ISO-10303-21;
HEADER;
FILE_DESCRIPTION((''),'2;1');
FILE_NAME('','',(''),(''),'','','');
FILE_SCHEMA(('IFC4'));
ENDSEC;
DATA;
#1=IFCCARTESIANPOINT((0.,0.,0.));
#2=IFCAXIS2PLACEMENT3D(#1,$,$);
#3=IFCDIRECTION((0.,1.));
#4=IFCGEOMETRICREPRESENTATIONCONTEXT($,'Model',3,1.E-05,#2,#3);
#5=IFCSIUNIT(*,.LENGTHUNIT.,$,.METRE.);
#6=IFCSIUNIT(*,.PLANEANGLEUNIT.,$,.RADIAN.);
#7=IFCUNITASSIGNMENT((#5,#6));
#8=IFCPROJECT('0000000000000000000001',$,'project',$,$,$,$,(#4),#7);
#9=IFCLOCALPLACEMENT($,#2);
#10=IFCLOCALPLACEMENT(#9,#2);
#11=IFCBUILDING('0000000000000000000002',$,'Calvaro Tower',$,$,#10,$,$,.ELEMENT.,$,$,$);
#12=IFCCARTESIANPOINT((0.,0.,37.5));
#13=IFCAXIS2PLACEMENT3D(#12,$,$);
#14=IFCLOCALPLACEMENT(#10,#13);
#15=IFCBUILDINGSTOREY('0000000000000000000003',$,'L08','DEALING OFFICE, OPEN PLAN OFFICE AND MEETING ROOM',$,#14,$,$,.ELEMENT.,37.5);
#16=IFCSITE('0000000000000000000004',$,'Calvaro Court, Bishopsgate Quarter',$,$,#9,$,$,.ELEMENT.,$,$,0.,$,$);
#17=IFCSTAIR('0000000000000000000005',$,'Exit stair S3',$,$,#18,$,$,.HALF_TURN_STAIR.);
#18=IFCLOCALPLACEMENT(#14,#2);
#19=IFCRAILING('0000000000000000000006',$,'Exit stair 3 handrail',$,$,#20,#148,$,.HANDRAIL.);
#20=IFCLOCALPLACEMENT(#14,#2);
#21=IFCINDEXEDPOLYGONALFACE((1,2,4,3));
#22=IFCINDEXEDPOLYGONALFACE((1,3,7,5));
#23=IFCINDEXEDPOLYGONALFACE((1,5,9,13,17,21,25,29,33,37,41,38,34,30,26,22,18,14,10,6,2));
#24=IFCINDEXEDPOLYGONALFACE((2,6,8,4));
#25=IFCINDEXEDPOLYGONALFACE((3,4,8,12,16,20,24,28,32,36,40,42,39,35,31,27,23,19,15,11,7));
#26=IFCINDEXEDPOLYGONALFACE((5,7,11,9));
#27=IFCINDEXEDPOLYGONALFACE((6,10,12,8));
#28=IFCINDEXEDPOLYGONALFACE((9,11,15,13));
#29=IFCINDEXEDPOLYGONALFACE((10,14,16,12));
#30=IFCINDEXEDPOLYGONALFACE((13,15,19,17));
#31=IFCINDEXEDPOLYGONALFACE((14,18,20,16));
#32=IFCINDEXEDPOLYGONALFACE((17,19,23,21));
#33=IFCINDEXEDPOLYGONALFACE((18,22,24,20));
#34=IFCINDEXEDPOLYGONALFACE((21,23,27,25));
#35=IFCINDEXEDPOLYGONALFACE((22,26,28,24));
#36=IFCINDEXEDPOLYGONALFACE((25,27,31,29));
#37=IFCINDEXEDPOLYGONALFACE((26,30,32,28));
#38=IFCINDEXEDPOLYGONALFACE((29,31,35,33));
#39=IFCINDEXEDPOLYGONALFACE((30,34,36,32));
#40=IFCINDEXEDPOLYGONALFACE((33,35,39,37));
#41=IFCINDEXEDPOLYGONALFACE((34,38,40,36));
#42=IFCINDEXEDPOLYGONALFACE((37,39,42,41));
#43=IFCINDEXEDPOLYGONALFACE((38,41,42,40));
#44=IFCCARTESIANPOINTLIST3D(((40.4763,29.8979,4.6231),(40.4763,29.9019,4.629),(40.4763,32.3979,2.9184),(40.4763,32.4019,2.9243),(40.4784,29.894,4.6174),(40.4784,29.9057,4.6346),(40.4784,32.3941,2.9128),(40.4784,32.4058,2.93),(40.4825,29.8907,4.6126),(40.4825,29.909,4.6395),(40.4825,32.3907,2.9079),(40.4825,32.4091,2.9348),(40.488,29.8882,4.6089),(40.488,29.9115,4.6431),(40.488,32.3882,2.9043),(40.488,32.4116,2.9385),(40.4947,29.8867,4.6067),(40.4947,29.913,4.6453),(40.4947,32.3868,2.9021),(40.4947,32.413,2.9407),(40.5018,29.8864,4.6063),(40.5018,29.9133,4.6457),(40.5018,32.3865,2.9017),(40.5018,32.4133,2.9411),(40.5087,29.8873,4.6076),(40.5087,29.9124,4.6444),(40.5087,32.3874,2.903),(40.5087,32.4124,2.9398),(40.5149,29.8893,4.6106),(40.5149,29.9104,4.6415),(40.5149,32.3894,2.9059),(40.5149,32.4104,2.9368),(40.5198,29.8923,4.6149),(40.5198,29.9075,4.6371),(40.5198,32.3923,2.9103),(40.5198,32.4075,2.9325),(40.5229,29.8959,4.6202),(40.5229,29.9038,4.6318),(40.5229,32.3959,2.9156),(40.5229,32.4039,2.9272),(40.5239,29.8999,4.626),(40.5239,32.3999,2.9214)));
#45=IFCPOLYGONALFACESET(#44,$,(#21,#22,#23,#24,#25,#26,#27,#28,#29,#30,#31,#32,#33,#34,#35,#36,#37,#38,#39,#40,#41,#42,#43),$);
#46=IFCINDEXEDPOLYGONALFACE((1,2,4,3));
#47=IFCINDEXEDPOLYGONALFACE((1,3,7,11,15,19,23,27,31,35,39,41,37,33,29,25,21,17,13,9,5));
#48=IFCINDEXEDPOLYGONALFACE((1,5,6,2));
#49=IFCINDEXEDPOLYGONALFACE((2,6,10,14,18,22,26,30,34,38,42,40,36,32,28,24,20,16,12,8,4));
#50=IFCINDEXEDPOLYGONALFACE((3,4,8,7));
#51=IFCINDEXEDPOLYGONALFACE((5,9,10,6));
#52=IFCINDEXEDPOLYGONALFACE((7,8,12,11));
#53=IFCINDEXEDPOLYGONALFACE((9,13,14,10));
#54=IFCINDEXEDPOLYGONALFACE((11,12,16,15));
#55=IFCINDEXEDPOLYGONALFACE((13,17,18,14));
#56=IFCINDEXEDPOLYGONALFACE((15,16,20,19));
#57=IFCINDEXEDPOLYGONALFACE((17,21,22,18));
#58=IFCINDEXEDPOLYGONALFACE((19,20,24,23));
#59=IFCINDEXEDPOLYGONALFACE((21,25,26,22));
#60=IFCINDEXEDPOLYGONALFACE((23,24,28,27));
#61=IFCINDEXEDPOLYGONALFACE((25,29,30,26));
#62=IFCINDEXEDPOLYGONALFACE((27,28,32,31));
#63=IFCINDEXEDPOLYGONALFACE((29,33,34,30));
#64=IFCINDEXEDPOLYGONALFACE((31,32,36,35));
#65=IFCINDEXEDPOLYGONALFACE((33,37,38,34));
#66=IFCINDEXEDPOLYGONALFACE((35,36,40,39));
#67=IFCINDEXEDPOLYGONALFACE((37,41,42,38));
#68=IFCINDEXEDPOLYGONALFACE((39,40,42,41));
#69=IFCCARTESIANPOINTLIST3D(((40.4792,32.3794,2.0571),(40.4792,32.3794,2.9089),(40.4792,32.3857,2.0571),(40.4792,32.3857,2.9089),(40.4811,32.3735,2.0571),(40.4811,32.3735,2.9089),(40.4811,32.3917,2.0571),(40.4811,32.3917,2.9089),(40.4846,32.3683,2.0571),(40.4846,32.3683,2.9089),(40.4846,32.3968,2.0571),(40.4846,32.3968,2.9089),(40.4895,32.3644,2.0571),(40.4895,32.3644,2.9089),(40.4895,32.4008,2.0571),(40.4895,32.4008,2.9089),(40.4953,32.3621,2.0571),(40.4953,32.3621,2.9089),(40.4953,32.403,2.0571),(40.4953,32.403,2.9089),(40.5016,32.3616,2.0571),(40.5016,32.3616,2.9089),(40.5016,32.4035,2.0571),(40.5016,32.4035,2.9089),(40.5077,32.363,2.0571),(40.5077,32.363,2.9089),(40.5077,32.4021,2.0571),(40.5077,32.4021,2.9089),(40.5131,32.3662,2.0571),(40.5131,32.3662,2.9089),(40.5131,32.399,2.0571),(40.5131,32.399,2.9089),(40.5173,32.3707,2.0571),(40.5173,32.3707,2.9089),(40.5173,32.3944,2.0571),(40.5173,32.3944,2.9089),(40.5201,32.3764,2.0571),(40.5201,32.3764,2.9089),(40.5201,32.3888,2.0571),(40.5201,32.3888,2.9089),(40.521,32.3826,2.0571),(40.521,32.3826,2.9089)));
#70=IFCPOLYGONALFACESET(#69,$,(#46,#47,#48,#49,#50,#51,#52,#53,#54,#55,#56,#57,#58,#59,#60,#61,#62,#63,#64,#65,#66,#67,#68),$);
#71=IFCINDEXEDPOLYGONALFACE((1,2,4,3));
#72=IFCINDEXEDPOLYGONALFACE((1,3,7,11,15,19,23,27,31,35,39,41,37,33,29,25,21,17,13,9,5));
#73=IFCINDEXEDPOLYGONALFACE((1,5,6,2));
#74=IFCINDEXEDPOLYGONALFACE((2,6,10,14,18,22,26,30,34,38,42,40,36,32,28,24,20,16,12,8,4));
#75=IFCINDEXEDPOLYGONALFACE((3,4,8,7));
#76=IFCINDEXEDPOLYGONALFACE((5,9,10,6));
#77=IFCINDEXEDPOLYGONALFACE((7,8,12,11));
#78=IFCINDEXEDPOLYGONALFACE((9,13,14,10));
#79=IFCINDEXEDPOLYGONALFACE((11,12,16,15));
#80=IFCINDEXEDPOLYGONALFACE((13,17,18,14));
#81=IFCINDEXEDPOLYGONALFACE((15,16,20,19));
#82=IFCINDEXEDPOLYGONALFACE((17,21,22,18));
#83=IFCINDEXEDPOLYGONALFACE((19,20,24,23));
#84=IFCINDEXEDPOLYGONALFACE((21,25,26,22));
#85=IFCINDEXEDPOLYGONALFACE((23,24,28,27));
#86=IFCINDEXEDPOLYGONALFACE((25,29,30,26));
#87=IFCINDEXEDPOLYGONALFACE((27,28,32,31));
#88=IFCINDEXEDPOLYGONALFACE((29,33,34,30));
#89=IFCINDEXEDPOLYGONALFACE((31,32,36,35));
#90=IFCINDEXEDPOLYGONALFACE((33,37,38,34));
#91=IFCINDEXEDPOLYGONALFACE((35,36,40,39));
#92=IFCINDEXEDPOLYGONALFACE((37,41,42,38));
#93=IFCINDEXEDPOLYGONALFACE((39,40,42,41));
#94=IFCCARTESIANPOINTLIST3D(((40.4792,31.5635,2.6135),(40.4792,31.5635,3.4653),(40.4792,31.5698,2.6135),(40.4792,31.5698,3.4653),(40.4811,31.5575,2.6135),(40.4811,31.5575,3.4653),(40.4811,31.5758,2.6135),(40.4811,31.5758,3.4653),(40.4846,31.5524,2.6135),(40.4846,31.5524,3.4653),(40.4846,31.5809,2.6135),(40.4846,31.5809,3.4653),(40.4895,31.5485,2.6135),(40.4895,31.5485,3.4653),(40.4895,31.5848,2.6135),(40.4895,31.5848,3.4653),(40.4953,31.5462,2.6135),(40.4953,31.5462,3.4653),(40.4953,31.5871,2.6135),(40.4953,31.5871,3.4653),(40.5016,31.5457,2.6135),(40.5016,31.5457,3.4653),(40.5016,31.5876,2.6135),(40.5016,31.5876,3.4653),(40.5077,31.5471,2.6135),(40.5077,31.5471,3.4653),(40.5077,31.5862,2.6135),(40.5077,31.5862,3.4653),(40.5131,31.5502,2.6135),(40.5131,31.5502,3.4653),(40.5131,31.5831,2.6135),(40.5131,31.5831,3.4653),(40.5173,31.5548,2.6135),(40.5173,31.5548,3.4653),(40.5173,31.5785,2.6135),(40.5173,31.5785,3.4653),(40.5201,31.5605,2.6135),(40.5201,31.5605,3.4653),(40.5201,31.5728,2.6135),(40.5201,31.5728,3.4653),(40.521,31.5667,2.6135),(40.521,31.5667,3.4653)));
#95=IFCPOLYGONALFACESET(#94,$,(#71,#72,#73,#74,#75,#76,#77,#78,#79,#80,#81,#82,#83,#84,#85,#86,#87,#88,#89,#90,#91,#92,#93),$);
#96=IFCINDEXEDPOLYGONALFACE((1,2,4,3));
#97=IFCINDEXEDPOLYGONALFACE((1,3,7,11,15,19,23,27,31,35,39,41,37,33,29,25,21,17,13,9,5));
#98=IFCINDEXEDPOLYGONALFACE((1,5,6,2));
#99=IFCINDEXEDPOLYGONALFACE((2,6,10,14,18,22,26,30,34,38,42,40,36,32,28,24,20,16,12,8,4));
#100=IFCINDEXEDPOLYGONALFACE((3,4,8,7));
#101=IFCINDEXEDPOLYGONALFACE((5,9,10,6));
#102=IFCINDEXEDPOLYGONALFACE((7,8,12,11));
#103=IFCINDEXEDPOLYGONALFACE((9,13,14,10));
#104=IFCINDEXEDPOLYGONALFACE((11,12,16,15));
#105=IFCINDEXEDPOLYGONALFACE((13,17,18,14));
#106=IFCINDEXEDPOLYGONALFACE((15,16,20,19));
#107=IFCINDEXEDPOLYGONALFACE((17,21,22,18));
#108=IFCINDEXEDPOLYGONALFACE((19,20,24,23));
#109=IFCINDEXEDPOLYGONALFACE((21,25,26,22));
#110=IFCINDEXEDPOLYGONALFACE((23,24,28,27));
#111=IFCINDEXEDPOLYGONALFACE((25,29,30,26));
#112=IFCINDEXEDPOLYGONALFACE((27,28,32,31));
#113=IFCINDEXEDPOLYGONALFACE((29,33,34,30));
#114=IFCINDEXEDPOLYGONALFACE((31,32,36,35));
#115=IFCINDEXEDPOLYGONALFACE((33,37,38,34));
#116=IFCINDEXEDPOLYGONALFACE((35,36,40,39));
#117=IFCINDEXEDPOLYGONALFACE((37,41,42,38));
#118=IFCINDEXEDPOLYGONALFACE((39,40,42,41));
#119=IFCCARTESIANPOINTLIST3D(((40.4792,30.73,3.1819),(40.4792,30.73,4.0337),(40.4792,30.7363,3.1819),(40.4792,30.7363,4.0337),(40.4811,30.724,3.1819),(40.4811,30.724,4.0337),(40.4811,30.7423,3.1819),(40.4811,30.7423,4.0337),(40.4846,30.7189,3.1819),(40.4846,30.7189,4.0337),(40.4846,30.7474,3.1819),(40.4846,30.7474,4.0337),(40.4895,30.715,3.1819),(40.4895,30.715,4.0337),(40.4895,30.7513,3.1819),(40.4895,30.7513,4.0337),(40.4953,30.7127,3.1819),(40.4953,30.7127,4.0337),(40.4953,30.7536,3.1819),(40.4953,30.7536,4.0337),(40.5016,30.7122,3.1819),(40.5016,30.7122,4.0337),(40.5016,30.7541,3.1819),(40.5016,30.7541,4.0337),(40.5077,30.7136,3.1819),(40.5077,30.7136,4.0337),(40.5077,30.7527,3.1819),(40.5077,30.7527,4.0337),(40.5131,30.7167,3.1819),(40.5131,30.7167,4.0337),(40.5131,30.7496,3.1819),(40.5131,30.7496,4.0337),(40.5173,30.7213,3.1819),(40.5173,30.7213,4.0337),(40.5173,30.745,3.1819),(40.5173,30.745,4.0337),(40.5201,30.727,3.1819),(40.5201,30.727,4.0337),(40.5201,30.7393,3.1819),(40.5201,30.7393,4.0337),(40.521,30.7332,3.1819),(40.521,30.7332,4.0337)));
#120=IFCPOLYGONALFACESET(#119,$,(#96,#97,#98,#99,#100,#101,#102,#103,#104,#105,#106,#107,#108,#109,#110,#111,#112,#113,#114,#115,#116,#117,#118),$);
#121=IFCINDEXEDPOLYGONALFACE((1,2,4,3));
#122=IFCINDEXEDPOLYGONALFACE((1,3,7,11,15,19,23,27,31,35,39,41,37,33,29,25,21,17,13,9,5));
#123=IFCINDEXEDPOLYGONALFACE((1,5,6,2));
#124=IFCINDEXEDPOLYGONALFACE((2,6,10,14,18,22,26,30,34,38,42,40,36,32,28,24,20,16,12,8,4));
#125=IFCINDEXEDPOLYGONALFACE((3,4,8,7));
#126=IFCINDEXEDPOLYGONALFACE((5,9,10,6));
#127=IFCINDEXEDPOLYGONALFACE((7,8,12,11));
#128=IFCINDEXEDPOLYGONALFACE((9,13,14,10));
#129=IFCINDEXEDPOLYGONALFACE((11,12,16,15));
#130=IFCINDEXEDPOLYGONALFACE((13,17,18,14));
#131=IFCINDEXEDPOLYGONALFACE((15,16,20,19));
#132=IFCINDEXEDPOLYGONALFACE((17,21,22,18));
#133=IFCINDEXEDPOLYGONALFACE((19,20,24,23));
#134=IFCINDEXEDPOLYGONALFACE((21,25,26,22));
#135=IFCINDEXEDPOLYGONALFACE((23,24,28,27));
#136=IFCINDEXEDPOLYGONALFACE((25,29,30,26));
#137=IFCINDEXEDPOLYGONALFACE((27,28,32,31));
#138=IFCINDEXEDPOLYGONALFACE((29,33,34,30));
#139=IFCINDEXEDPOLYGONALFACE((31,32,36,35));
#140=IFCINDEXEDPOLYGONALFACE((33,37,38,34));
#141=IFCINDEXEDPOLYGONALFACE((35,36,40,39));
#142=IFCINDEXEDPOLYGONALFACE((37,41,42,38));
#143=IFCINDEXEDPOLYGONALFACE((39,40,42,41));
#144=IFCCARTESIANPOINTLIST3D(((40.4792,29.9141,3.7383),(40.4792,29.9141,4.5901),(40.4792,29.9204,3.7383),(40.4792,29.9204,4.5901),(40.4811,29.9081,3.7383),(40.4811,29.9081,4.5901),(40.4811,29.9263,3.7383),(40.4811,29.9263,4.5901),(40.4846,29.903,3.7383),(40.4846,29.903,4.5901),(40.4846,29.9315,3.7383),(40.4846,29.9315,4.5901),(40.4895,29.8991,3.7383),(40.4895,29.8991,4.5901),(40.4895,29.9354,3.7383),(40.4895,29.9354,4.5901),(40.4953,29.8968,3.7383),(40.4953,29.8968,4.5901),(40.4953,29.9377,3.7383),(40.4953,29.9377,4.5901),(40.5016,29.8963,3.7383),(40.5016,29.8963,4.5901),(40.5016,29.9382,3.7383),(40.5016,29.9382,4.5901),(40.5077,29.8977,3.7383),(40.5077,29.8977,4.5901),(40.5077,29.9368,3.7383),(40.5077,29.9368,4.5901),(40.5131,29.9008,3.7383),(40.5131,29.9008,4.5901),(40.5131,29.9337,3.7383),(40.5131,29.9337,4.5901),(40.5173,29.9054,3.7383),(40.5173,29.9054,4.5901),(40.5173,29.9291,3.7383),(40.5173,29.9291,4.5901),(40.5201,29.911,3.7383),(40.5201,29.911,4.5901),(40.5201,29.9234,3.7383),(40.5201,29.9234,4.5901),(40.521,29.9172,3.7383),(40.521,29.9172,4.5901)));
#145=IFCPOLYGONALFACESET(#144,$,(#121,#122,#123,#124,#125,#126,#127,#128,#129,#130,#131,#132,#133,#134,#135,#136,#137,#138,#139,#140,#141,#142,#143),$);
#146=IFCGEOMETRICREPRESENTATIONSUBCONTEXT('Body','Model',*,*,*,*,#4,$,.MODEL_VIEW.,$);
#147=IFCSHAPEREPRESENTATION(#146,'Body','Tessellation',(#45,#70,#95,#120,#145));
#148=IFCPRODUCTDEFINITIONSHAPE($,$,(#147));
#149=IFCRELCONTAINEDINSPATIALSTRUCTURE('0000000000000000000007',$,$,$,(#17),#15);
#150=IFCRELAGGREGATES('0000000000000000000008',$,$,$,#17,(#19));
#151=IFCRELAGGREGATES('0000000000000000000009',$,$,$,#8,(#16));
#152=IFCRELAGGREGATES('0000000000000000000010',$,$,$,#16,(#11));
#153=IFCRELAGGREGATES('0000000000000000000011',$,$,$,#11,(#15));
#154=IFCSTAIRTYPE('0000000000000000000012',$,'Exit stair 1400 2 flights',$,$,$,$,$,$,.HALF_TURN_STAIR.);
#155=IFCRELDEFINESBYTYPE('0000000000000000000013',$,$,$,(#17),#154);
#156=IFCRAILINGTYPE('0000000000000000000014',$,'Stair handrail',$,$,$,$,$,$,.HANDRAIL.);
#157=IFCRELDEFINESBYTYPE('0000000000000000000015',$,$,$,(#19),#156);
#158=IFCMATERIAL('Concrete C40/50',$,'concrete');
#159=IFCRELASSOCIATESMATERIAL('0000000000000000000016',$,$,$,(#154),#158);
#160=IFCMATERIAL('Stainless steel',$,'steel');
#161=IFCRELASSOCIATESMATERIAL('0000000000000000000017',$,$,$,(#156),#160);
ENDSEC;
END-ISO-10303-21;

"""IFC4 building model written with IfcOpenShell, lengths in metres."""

from ifc_helpers import new_model, si_unit, direction, frame, origin, origin_2d, place, context, subcontext, project, spatial, circle, extrude, material, type_object, element, aggregate, save


model = new_model("IFC4")

# Units and contexts
model_context = context("Model", 3, precision=1e-05, world=origin(), true_north=direction((0.0, 1.0)))
body_context = subcontext(model_context, "Body", "Model", "MODEL_VIEW")
ifc_project = project(units=[si_unit("LENGTHUNIT", "METRE"), si_unit("PLANEANGLEUNIT", "RADIAN")], contexts=[model_context])

# Site, building, storey
site_placement = place(None, origin())
site = spatial("IfcSite", under=ifc_project, at=site_placement, Name="Calvaro Court, Bishopsgate Quarter", CompositionType="ELEMENT", RefElevation=0.0)
building_placement = place(site_placement, origin())
building = spatial("IfcBuilding", under=site, at=building_placement, Name="Calvaro Tower", CompositionType="ELEMENT")
storey_placement = place(building_placement, frame((0.0, 0.0, 37.5)))
storey = spatial("IfcBuildingStorey", under=building, at=storey_placement, Name="L08", Description="DEALING OFFICE, OPEN PLAN OFFICE AND MEETING ROOM", CompositionType="ELEMENT", Elevation=37.5)

# Stair
ifc_material_1 = material(Name="Concrete C40/50", Category="concrete")
stair_type = type_object("IfcStairType", Name="Exit stair 1400 2 flights", PredefinedType="HALF_TURN_STAIR", material=ifc_material_1)
stair_1_placement = place(storey_placement, origin())
stair_1 = element("IfcStair", 1, at=stair_1_placement, inside=storey, type_object=stair_type, Name="Exit stair S3", PredefinedType="HALF_TURN_STAIR")

# Railing
ifc_material_2 = material(Name="Stainless steel", Category="steel")
railing_type = type_object("IfcRailingType", Name="Stair handrail", PredefinedType="HANDRAIL", material=ifc_material_2)
railing_1_placement = place(storey_placement, frame((40.5, 32.3999, 2.0454)))
railing_1 = element("IfcRailing", 2, at=railing_1_placement, type_object=railing_type, Name="Exit stair 3 handrail", PredefinedType="HANDRAIL", context=body_context, shape_type="SweptSolid", body=[
    extrude(circle(Radius=0.0239, at=origin_2d()), frame((0.0, 0.0, 0.876), z_axis=(0.0, -0.826221, 0.563347), x_axis=(1.0, 0.0, 0.0)), (0.0, 0.0, 1.0), 3.0259),
    extrude(circle(Radius=0.021, at=origin_2d()), frame((0.0, -0.0173, 0.0117)), (0.0, 0.0, 1.0), 0.8518),
    extrude(circle(Radius=0.021, at=origin_2d()), frame((0.0, -0.8333, 0.5681)), (0.0, 0.0, 1.0), 0.8518),
    extrude(circle(Radius=0.021, at=origin_2d()), frame((0.0, -1.6667, 1.1365)), (0.0, 0.0, 1.0), 0.8518),
    extrude(circle(Radius=0.021, at=origin_2d()), frame((0.0, -2.4827, 1.6929)), (0.0, 0.0, 1.0), 0.8518),
])
aggregate(stair_1, [railing_1])

save(model, "model.ifc")
